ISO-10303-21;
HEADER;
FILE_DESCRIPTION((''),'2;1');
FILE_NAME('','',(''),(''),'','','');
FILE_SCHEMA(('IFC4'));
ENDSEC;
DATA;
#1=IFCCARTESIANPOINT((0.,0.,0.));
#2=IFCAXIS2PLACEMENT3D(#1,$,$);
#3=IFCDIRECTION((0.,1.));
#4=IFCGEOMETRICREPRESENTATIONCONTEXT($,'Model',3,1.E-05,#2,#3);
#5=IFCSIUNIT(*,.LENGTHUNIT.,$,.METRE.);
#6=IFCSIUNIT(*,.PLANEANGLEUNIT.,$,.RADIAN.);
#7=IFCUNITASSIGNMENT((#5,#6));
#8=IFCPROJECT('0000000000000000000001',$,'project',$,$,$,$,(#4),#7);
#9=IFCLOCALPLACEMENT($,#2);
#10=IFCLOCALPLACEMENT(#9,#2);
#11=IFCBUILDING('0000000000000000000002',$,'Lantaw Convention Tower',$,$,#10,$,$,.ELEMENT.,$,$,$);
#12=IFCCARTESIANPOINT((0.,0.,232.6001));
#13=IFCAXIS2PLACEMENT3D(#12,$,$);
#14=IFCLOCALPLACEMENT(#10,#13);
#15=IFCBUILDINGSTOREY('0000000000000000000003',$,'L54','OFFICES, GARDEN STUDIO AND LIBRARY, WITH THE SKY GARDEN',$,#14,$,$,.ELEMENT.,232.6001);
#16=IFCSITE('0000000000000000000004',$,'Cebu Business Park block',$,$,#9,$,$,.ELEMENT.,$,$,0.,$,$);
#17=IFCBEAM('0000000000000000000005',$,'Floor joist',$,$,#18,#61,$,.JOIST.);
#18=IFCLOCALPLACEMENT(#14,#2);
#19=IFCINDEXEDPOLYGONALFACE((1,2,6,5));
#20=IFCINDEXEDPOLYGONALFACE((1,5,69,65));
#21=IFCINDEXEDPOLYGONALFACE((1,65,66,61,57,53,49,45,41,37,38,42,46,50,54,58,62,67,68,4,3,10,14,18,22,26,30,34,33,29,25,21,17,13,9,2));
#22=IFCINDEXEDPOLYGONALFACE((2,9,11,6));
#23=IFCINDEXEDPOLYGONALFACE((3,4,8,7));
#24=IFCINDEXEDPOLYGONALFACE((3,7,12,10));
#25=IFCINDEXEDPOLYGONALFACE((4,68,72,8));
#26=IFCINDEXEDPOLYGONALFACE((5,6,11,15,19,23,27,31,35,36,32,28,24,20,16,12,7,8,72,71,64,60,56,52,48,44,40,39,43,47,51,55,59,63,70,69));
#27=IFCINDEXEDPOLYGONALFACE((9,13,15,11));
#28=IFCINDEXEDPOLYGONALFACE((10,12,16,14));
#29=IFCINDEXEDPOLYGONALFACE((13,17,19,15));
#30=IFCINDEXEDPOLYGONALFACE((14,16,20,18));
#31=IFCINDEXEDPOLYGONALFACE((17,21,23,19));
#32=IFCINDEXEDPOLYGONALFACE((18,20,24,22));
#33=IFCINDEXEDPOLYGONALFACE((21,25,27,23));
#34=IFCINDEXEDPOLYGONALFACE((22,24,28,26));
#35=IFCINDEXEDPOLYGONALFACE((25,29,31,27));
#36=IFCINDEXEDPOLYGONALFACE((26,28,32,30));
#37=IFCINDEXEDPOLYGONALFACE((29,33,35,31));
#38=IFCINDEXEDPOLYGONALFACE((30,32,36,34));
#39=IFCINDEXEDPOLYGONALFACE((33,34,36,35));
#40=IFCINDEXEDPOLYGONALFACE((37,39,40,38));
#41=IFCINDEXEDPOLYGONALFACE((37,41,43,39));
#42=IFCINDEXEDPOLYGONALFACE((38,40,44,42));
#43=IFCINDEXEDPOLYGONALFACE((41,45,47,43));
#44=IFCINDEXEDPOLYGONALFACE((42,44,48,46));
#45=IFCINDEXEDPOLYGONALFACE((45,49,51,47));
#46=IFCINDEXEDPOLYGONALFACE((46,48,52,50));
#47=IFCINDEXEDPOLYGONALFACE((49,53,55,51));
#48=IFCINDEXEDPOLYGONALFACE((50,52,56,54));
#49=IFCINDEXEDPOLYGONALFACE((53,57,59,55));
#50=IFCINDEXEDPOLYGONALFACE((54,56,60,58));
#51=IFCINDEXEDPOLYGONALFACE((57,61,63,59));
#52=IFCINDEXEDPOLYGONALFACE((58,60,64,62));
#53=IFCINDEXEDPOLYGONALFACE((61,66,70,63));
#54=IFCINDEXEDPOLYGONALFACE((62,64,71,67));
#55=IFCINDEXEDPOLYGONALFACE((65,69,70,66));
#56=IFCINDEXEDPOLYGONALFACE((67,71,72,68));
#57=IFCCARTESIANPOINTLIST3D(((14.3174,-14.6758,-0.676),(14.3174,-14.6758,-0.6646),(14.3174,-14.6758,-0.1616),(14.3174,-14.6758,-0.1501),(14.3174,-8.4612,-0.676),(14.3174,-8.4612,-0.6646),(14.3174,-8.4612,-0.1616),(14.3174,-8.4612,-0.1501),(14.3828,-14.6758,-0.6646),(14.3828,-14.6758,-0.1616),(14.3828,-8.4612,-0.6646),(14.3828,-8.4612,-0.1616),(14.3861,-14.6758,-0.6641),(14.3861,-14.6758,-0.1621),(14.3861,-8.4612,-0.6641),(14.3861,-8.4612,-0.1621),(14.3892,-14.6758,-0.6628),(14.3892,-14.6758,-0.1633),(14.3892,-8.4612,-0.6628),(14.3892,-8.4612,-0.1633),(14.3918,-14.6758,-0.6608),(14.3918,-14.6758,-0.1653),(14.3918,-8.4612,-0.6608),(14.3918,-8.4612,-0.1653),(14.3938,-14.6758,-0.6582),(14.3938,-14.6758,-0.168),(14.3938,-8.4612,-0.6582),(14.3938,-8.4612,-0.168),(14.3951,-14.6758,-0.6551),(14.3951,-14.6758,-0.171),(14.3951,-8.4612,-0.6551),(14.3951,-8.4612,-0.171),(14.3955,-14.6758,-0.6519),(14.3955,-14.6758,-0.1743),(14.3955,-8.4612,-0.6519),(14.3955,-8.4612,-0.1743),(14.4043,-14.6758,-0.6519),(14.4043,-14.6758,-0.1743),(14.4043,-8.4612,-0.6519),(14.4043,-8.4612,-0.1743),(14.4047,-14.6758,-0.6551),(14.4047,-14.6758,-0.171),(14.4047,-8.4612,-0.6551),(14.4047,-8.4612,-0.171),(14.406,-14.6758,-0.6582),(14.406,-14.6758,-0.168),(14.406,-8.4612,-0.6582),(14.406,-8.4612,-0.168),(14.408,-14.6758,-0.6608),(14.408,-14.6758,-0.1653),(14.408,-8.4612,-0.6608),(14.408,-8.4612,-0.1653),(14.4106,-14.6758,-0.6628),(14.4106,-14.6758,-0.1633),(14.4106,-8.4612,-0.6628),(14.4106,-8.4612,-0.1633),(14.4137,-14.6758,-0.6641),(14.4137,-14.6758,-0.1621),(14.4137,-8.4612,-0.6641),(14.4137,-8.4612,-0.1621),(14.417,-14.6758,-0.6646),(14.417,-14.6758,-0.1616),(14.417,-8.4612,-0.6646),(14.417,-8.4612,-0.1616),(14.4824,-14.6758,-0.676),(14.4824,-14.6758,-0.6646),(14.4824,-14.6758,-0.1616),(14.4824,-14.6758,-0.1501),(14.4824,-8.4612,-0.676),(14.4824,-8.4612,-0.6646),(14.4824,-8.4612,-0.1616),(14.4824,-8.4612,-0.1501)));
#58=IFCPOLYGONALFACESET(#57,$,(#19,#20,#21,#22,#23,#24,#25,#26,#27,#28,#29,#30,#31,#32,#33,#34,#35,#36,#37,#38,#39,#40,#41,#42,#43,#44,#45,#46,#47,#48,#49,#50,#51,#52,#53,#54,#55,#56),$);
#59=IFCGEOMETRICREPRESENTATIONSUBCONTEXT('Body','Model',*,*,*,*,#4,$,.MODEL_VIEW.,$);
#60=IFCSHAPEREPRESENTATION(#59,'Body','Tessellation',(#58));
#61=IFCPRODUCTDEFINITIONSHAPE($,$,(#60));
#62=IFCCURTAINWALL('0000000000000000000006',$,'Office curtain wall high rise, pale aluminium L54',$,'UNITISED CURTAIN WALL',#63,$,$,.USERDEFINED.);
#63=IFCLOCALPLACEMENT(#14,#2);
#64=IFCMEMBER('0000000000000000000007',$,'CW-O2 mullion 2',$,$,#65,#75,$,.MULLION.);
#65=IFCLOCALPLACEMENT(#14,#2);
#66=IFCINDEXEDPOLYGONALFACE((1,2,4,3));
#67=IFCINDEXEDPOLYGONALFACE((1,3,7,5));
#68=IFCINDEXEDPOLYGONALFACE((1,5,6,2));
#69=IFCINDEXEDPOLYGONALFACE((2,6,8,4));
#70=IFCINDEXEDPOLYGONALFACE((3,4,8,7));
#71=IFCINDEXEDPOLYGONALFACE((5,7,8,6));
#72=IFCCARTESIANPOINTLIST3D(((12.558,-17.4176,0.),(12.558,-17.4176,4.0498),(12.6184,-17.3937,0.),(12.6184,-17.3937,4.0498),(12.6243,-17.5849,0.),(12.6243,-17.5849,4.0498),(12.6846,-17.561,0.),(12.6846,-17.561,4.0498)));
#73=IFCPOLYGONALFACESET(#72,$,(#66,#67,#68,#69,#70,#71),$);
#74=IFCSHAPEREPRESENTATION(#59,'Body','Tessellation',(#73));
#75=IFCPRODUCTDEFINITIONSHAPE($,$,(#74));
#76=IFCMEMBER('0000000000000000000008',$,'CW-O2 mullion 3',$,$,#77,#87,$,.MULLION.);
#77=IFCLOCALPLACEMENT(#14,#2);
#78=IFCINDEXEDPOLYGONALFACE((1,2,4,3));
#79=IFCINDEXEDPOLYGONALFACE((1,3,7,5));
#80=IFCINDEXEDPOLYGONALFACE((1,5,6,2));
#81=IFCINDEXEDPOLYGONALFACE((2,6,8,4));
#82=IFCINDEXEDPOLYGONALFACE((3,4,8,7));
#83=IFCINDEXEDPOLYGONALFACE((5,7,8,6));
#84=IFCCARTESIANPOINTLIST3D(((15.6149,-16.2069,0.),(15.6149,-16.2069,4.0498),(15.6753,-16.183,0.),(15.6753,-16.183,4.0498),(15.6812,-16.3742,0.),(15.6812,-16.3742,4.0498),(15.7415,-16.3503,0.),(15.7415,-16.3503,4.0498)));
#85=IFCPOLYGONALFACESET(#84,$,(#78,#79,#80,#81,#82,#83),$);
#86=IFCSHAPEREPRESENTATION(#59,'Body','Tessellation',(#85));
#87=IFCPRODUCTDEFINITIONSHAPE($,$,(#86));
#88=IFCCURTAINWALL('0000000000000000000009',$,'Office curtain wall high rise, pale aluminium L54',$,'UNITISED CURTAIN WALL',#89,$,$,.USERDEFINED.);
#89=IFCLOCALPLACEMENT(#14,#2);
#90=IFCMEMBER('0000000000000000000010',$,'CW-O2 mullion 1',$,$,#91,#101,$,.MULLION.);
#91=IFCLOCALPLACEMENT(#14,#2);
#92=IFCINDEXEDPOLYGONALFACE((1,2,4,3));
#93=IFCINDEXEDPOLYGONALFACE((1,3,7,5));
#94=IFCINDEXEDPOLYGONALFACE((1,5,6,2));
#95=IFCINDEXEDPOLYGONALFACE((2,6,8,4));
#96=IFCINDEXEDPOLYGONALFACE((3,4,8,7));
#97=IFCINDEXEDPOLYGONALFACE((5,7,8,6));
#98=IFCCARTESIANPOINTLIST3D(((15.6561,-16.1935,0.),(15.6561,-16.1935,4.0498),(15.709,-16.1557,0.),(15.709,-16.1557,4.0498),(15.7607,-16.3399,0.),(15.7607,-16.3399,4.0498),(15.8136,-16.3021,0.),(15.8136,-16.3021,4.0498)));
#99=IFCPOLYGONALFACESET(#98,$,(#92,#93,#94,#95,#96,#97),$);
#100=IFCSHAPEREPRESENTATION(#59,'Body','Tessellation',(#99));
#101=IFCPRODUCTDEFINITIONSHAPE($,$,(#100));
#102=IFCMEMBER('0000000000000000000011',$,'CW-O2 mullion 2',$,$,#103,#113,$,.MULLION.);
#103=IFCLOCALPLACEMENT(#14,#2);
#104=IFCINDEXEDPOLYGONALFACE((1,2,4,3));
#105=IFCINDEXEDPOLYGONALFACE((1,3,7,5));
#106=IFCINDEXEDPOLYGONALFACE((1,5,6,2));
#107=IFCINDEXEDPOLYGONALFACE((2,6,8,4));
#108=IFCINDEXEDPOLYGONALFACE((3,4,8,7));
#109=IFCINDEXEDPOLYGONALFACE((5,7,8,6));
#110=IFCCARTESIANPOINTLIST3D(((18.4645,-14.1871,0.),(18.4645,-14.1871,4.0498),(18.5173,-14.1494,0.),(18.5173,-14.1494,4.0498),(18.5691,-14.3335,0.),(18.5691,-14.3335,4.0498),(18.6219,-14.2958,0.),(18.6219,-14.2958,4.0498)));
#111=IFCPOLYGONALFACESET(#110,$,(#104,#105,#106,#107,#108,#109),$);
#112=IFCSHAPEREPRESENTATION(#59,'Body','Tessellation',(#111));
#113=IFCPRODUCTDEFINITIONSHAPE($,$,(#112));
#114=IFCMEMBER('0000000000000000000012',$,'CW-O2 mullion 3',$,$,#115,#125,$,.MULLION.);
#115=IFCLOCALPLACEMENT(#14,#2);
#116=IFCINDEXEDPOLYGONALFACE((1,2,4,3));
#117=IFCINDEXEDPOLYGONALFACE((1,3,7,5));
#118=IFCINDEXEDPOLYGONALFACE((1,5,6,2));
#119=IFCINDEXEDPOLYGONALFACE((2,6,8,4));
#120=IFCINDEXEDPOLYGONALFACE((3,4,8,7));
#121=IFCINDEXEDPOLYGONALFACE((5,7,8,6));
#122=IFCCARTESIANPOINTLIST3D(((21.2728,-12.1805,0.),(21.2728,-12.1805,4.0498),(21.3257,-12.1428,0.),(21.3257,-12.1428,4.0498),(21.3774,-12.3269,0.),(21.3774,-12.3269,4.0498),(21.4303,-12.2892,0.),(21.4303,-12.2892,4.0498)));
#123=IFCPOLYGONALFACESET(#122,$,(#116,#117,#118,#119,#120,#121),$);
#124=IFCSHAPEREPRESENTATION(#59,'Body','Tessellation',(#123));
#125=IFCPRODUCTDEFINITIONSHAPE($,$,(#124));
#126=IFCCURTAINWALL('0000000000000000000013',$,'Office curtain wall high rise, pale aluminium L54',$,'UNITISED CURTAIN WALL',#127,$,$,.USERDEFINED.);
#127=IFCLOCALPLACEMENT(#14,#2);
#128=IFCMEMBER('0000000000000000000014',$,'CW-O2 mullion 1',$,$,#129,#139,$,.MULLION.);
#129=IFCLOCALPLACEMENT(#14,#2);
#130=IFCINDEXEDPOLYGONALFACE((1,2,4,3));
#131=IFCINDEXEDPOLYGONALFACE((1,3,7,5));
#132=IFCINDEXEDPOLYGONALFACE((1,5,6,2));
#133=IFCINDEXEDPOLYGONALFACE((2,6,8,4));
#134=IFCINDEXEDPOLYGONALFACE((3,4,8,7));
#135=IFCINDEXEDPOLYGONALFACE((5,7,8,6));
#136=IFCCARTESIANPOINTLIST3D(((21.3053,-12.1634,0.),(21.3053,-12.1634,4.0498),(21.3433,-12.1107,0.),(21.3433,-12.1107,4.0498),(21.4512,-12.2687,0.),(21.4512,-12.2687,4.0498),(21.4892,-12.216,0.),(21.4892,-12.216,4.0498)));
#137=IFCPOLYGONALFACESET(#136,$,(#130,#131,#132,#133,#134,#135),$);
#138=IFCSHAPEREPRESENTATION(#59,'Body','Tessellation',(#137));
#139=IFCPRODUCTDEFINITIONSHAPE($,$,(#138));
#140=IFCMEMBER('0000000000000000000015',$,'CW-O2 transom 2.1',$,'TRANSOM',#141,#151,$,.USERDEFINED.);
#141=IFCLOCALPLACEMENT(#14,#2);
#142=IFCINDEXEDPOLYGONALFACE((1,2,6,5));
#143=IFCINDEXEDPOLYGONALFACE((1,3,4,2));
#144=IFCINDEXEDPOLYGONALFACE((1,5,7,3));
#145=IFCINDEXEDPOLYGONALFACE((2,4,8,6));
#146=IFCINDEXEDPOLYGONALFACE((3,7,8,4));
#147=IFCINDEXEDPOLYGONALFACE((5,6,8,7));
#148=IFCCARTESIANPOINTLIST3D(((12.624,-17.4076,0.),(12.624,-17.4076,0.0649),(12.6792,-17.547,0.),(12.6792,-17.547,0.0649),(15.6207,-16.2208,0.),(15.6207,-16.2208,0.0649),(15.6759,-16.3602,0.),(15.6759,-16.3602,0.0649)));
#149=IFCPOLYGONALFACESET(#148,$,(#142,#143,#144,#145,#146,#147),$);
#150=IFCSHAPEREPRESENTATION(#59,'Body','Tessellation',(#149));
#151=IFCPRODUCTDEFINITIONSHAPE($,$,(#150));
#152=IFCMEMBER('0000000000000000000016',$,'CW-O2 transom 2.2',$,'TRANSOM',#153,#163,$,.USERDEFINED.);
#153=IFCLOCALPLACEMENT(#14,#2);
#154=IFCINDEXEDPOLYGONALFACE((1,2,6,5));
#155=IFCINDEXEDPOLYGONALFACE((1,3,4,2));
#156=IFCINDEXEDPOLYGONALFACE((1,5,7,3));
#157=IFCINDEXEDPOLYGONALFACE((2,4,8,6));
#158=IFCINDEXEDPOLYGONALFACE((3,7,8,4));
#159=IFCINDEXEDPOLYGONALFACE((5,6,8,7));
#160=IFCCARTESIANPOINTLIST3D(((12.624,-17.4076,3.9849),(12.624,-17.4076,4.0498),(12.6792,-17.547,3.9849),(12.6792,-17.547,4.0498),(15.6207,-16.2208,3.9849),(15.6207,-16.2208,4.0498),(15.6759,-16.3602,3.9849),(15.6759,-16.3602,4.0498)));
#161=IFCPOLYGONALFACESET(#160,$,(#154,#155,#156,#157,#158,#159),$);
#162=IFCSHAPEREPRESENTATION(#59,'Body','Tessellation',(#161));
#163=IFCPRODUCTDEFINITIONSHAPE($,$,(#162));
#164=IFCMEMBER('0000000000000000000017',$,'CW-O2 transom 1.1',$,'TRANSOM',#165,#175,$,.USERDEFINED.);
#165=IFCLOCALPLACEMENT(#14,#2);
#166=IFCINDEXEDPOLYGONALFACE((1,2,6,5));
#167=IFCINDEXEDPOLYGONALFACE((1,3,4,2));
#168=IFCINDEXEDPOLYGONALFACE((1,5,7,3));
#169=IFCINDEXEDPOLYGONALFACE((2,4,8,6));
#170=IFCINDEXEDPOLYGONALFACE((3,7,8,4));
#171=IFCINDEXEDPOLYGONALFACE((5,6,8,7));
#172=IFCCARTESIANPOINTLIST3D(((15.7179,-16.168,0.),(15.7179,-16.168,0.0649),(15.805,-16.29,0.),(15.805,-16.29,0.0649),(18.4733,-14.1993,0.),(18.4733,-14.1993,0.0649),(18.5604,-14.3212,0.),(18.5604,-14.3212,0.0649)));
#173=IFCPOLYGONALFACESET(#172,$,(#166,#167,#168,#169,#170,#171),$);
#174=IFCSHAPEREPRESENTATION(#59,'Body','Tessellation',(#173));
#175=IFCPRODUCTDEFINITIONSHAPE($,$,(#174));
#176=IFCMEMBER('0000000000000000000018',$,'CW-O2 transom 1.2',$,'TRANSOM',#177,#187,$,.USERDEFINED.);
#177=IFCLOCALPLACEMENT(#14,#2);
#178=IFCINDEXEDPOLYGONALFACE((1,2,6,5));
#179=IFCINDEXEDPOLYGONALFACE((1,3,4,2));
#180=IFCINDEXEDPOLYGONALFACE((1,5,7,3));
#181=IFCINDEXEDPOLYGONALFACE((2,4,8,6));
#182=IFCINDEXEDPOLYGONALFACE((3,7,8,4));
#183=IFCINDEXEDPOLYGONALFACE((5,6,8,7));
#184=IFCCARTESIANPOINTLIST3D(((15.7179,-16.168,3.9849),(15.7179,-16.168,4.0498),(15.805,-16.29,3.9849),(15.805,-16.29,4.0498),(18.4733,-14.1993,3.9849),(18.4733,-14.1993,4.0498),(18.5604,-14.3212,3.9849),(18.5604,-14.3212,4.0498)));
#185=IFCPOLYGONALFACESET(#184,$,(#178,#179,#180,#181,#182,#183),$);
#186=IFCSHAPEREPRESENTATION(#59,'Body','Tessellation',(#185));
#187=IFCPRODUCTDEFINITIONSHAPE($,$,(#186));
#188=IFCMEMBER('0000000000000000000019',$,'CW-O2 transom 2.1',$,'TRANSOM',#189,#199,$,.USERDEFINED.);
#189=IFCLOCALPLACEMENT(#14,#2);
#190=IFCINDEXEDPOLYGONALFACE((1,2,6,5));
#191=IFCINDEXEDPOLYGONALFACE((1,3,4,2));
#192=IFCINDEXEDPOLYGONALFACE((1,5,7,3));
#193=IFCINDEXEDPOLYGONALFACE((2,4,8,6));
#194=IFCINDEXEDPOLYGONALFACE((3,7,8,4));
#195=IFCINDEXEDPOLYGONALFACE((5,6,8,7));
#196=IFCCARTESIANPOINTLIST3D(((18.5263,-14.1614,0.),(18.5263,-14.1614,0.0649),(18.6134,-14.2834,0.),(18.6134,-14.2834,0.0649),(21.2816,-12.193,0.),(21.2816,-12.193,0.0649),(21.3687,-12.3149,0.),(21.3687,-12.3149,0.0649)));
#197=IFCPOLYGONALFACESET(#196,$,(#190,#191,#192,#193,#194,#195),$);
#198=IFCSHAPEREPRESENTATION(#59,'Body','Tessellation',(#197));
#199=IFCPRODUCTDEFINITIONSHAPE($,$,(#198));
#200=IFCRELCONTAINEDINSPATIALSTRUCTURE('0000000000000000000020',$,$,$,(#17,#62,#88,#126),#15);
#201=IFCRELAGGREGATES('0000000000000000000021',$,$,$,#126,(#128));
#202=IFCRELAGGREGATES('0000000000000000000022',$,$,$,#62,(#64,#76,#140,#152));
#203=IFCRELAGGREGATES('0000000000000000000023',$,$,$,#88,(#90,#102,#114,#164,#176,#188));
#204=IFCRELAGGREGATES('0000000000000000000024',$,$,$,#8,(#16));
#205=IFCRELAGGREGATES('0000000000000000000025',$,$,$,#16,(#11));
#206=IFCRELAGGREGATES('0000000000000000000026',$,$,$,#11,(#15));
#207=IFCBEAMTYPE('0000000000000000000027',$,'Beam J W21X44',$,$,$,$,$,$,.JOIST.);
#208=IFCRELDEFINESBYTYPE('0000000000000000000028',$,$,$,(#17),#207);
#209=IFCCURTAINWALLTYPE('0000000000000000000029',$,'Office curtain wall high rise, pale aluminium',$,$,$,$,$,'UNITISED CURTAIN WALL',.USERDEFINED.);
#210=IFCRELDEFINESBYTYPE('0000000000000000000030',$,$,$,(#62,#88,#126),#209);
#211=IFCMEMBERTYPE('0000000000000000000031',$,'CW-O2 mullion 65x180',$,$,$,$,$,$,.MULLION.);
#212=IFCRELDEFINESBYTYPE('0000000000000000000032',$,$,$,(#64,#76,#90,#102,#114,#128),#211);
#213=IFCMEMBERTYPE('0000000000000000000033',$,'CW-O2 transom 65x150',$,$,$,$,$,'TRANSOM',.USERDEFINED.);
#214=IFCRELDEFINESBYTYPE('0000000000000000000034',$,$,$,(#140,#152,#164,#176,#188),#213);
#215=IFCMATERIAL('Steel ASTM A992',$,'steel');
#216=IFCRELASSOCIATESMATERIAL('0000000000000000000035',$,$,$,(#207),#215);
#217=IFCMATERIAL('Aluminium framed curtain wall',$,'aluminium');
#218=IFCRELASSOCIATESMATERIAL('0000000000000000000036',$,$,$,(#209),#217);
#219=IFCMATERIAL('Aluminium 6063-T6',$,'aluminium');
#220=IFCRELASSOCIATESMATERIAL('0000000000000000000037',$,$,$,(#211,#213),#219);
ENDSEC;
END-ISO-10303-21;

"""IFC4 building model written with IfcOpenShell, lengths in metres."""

from ifc_helpers import new_model, si_unit, direction, frame, origin, origin_2d, place, context, subcontext, project, spatial, rectangle, i_section, extrude, material, material_profile, profile_set, type_object, element, aggregate, save


model = new_model("IFC4")

# Units and contexts
model_context = context("Model", 3, precision=1e-05, world=origin(), true_north=direction((0.0, 1.0)))
body_context = subcontext(model_context, "Body", "Model", "MODEL_VIEW")
ifc_project = project(units=[si_unit("LENGTHUNIT", "METRE"), si_unit("PLANEANGLEUNIT", "RADIAN")], contexts=[model_context])

# Site, building, storey
site_placement = place(None, origin())
site = spatial("IfcSite", under=ifc_project, at=site_placement, Name="Cebu Business Park block", CompositionType="ELEMENT", RefElevation=0.0)
building_placement = place(site_placement, origin())
building = spatial("IfcBuilding", under=site, at=building_placement, Name="Lantaw Convention Tower", CompositionType="ELEMENT")
storey_placement = place(building_placement, frame((0.0, 0.0, 232.6001)))
storey = spatial("IfcBuildingStorey", under=building, at=storey_placement, Name="L54", Description="OFFICES, GARDEN STUDIO AND LIBRARY, WITH THE SKY GARDEN", CompositionType="ELEMENT", Elevation=232.6001)

# Beam
ifc_material_1 = material(Name="Steel ASTM A992", Category="steel")
ifc_material_profile_1 = material_profile(ifc_material_1, i_section(OverallWidth=0.165, OverallDepth=0.5259, WebThickness=0.0088, FlangeThickness=0.0115, FilletRadius=0.0127, at=origin_2d()), Name="W21X44")
ifc_profile_set_1 = profile_set([ifc_material_profile_1], Name="Steel ASTM A992")
beam_type_1 = type_object("IfcBeamType", Name="Beam J W21X44", PredefinedType="JOIST", material=ifc_profile_set_1)
beam_1_placement = place(storey_placement, frame((14.3999, -14.6758, -0.4131), z_axis=(0.0, 1.0, 0.0), x_axis=(-1.0, 0.0, 0.0)))
element("IfcBeam", 1, at=beam_1_placement, inside=storey, type_object=beam_type_1, Name="Floor joist", PredefinedType="JOIST", context=body_context, shape_type="SweptSolid", body=[
    extrude(i_section(OverallWidth=0.165, OverallDepth=0.5259, WebThickness=0.0088, FlangeThickness=0.0115, FilletRadius=0.0127, at=origin_2d()), origin(), (0.0, 0.0, 1.0), 6.2146),
])

# Curtain walls, members
ifc_material_2 = material(Name="Aluminium framed curtain wall", Category="aluminium")
curtain_wall_type = type_object("IfcCurtainWallType", Name="Office curtain wall high rise, pale aluminium", ElementType="UNITISED CURTAIN WALL", PredefinedType="USERDEFINED", material=ifc_material_2)
curtain_wall_1_placement = place(storey_placement, origin())
curtain_wall_1 = element("IfcCurtainWall", 2, at=curtain_wall_1_placement, inside=storey, type_object=curtain_wall_type, Name="Office curtain wall high rise, pale aluminium L54", ObjectType="UNITISED CURTAIN WALL", PredefinedType="USERDEFINED")
ifc_material_3 = material(Name="Aluminium 6063-T6", Category="aluminium")
ifc_material_profile_2 = material_profile(ifc_material_3, rectangle(XDim=0.1799, YDim=0.0649, at=origin_2d()), Name="CW-O2 mullion 65x180")
ifc_profile_set_2 = profile_set([ifc_material_profile_2], Name="Aluminium 6063-T6")
member_type_1 = type_object("IfcMemberType", Name="CW-O2 mullion 65x180", PredefinedType="MULLION", material=ifc_profile_set_2)
member_1_placement = place(storey_placement, frame((12.6213, -17.4893, 0.0), z_axis=(0.0, 0.0, 1.0), x_axis=(-0.368162, 0.929762, 0.0)))
member_1 = element("IfcMember", 3, at=member_1_placement, type_object=member_type_1, Name="CW-O2 mullion 2", PredefinedType="MULLION", context=body_context, shape_type="SweptSolid", body=[
    extrude(rectangle(XDim=0.1799, YDim=0.0649, at=origin_2d()), origin(), (0.0, 0.0, 1.0), 4.0498),
])
member_2_placement = place(storey_placement, frame((15.6782, -16.2786, 0.0), z_axis=(0.0, 0.0, 1.0), x_axis=(-0.368162, 0.929762, 0.0)))
member_2 = element("IfcMember", 4, at=member_2_placement, type_object=member_type_1, Name="CW-O2 mullion 3", PredefinedType="MULLION", context=body_context, shape_type="SweptSolid", body=[
    extrude(rectangle(XDim=0.1799, YDim=0.0649, at=origin_2d()), origin(), (0.0, 0.0, 1.0), 4.0498),
])
curtain_wall_2_placement = place(storey_placement, origin())
curtain_wall_2 = element("IfcCurtainWall", 5, at=curtain_wall_2_placement, inside=storey, type_object=curtain_wall_type, Name="Office curtain wall high rise, pale aluminium L54", ObjectType="UNITISED CURTAIN WALL", PredefinedType="USERDEFINED")
member_3_placement = place(storey_placement, frame((15.7349, -16.2478, 0.0), z_axis=(0.0, 0.0, 1.0), x_axis=(-0.581323, 0.813673, 0.0)))
member_3 = element("IfcMember", 6, at=member_3_placement, type_object=member_type_1, Name="CW-O2 mullion 1", PredefinedType="MULLION", context=body_context, shape_type="SweptSolid", body=[
    extrude(rectangle(XDim=0.1799, YDim=0.0649, at=origin_2d()), origin(), (0.0, 0.0, 1.0), 4.0498),
])
member_4_placement = place(storey_placement, frame((18.5432, -14.2415, 0.0), z_axis=(0.0, 0.0, 1.0), x_axis=(-0.581323, 0.813673, 0.0)))
member_4 = element("IfcMember", 7, at=member_4_placement, type_object=member_type_1, Name="CW-O2 mullion 2", PredefinedType="MULLION", context=body_context, shape_type="SweptSolid", body=[
    extrude(rectangle(XDim=0.1799, YDim=0.0649, at=origin_2d()), origin(), (0.0, 0.0, 1.0), 4.0498),
])
member_5_placement = place(storey_placement, frame((21.3516, -12.2349, 0.0), z_axis=(0.0, 0.0, 1.0), x_axis=(-0.581323, 0.813673, 0.0)))
member_5 = element("IfcMember", 8, at=member_5_placement, type_object=member_type_1, Name="CW-O2 mullion 3", PredefinedType="MULLION", context=body_context, shape_type="SweptSolid", body=[
    extrude(rectangle(XDim=0.1799, YDim=0.0649, at=origin_2d()), origin(), (0.0, 0.0, 1.0), 4.0498),
])

# Curtain wall, member
curtain_wall_3_placement = place(storey_placement, origin())
curtain_wall_3 = element("IfcCurtainWall", 9, at=curtain_wall_3_placement, inside=storey, type_object=curtain_wall_type, Name="Office curtain wall high rise, pale aluminium L54", ObjectType="UNITISED CURTAIN WALL", PredefinedType="USERDEFINED")
member_6_placement = place(storey_placement, frame((21.3972, -12.1897, 0.0), z_axis=(0.0, 0.0, 1.0), x_axis=(-0.81092, 0.585158, 0.0)))
member_6 = element("IfcMember", 10, at=member_6_placement, type_object=member_type_1, Name="CW-O2 mullion 1", PredefinedType="MULLION", context=body_context, shape_type="SweptSolid", body=[
    extrude(rectangle(XDim=0.1799, YDim=0.0649, at=origin_2d()), origin(), (0.0, 0.0, 1.0), 4.0498),
])

# Members
ifc_material_profile_3 = material_profile(ifc_material_3, rectangle(XDim=0.1499, YDim=0.0649, at=origin_2d()), Name="CW-O2 transom 65x150")
ifc_profile_set_3 = profile_set([ifc_material_profile_3], Name="Aluminium 6063-T6")
member_type_2 = type_object("IfcMemberType", Name="CW-O2 transom 65x150", ElementType="TRANSOM", PredefinedType="USERDEFINED", material=ifc_profile_set_3)
member_7_placement = place(storey_placement, frame((12.6516, -17.4773, 0.0325), z_axis=(0.929741, 0.368215, 0.0), x_axis=(-0.368215, 0.929741, 0.0)))
member_7 = element("IfcMember", 11, at=member_7_placement, type_object=member_type_2, Name="CW-O2 transom 2.1", ObjectType="TRANSOM", PredefinedType="USERDEFINED", context=body_context, shape_type="SweptSolid", body=[
    extrude(rectangle(XDim=0.1499, YDim=0.0649, at=origin_2d()), origin(), (0.0, 0.0, 1.0), 3.2231),
])
member_8_placement = place(storey_placement, frame((12.6516, -17.4773, 4.0173), z_axis=(0.929741, 0.368215, 0.0), x_axis=(-0.368215, 0.929741, 0.0)))
member_8 = element("IfcMember", 12, at=member_8_placement, type_object=member_type_2, Name="CW-O2 transom 2.2", ObjectType="TRANSOM", PredefinedType="USERDEFINED", context=body_context, shape_type="SweptSolid", body=[
    extrude(rectangle(XDim=0.1499, YDim=0.0649, at=origin_2d()), origin(), (0.0, 0.0, 1.0), 3.2231),
])
member_9_placement = place(storey_placement, frame((15.7615, -16.229, 0.0325), z_axis=(0.813646, 0.581361, 0.0), x_axis=(-0.581361, 0.813646, 0.0)))
member_9 = element("IfcMember", 13, at=member_9_placement, type_object=member_type_2, Name="CW-O2 transom 1.1", ObjectType="TRANSOM", PredefinedType="USERDEFINED", context=body_context, shape_type="SweptSolid", body=[
    extrude(rectangle(XDim=0.1499, YDim=0.0649, at=origin_2d()), origin(), (0.0, 0.0, 1.0), 3.3865),
])
member_10_placement = place(storey_placement, frame((15.7615, -16.229, 4.0173), z_axis=(0.813646, 0.581361, 0.0), x_axis=(-0.581361, 0.813646, 0.0)))
member_10 = element("IfcMember", 14, at=member_10_placement, type_object=member_type_2, Name="CW-O2 transom 1.2", ObjectType="TRANSOM", PredefinedType="USERDEFINED", context=body_context, shape_type="SweptSolid", body=[
    extrude(rectangle(XDim=0.1499, YDim=0.0649, at=origin_2d()), origin(), (0.0, 0.0, 1.0), 3.3865),
])
member_11_placement = place(storey_placement, frame((18.5698, -14.2224, 0.0325), z_axis=(0.81368, 0.581313, 0.0), x_axis=(-0.581313, 0.81368, 0.0)))
member_11 = element("IfcMember", 15, at=member_11_placement, type_object=member_type_2, Name="CW-O2 transom 2.1", ObjectType="TRANSOM", PredefinedType="USERDEFINED", context=body_context, shape_type="SweptSolid", body=[
    extrude(rectangle(XDim=0.1499, YDim=0.0649, at=origin_2d()), origin(), (0.0, 0.0, 1.0), 3.3862),
])
aggregate(curtain_wall_3, [member_6])

aggregate(curtain_wall_1, [member_1, member_2, member_7, member_8])
aggregate(curtain_wall_2, [member_3, member_4, member_5, member_9, member_10, member_11])

save(model, "model.ifc")
